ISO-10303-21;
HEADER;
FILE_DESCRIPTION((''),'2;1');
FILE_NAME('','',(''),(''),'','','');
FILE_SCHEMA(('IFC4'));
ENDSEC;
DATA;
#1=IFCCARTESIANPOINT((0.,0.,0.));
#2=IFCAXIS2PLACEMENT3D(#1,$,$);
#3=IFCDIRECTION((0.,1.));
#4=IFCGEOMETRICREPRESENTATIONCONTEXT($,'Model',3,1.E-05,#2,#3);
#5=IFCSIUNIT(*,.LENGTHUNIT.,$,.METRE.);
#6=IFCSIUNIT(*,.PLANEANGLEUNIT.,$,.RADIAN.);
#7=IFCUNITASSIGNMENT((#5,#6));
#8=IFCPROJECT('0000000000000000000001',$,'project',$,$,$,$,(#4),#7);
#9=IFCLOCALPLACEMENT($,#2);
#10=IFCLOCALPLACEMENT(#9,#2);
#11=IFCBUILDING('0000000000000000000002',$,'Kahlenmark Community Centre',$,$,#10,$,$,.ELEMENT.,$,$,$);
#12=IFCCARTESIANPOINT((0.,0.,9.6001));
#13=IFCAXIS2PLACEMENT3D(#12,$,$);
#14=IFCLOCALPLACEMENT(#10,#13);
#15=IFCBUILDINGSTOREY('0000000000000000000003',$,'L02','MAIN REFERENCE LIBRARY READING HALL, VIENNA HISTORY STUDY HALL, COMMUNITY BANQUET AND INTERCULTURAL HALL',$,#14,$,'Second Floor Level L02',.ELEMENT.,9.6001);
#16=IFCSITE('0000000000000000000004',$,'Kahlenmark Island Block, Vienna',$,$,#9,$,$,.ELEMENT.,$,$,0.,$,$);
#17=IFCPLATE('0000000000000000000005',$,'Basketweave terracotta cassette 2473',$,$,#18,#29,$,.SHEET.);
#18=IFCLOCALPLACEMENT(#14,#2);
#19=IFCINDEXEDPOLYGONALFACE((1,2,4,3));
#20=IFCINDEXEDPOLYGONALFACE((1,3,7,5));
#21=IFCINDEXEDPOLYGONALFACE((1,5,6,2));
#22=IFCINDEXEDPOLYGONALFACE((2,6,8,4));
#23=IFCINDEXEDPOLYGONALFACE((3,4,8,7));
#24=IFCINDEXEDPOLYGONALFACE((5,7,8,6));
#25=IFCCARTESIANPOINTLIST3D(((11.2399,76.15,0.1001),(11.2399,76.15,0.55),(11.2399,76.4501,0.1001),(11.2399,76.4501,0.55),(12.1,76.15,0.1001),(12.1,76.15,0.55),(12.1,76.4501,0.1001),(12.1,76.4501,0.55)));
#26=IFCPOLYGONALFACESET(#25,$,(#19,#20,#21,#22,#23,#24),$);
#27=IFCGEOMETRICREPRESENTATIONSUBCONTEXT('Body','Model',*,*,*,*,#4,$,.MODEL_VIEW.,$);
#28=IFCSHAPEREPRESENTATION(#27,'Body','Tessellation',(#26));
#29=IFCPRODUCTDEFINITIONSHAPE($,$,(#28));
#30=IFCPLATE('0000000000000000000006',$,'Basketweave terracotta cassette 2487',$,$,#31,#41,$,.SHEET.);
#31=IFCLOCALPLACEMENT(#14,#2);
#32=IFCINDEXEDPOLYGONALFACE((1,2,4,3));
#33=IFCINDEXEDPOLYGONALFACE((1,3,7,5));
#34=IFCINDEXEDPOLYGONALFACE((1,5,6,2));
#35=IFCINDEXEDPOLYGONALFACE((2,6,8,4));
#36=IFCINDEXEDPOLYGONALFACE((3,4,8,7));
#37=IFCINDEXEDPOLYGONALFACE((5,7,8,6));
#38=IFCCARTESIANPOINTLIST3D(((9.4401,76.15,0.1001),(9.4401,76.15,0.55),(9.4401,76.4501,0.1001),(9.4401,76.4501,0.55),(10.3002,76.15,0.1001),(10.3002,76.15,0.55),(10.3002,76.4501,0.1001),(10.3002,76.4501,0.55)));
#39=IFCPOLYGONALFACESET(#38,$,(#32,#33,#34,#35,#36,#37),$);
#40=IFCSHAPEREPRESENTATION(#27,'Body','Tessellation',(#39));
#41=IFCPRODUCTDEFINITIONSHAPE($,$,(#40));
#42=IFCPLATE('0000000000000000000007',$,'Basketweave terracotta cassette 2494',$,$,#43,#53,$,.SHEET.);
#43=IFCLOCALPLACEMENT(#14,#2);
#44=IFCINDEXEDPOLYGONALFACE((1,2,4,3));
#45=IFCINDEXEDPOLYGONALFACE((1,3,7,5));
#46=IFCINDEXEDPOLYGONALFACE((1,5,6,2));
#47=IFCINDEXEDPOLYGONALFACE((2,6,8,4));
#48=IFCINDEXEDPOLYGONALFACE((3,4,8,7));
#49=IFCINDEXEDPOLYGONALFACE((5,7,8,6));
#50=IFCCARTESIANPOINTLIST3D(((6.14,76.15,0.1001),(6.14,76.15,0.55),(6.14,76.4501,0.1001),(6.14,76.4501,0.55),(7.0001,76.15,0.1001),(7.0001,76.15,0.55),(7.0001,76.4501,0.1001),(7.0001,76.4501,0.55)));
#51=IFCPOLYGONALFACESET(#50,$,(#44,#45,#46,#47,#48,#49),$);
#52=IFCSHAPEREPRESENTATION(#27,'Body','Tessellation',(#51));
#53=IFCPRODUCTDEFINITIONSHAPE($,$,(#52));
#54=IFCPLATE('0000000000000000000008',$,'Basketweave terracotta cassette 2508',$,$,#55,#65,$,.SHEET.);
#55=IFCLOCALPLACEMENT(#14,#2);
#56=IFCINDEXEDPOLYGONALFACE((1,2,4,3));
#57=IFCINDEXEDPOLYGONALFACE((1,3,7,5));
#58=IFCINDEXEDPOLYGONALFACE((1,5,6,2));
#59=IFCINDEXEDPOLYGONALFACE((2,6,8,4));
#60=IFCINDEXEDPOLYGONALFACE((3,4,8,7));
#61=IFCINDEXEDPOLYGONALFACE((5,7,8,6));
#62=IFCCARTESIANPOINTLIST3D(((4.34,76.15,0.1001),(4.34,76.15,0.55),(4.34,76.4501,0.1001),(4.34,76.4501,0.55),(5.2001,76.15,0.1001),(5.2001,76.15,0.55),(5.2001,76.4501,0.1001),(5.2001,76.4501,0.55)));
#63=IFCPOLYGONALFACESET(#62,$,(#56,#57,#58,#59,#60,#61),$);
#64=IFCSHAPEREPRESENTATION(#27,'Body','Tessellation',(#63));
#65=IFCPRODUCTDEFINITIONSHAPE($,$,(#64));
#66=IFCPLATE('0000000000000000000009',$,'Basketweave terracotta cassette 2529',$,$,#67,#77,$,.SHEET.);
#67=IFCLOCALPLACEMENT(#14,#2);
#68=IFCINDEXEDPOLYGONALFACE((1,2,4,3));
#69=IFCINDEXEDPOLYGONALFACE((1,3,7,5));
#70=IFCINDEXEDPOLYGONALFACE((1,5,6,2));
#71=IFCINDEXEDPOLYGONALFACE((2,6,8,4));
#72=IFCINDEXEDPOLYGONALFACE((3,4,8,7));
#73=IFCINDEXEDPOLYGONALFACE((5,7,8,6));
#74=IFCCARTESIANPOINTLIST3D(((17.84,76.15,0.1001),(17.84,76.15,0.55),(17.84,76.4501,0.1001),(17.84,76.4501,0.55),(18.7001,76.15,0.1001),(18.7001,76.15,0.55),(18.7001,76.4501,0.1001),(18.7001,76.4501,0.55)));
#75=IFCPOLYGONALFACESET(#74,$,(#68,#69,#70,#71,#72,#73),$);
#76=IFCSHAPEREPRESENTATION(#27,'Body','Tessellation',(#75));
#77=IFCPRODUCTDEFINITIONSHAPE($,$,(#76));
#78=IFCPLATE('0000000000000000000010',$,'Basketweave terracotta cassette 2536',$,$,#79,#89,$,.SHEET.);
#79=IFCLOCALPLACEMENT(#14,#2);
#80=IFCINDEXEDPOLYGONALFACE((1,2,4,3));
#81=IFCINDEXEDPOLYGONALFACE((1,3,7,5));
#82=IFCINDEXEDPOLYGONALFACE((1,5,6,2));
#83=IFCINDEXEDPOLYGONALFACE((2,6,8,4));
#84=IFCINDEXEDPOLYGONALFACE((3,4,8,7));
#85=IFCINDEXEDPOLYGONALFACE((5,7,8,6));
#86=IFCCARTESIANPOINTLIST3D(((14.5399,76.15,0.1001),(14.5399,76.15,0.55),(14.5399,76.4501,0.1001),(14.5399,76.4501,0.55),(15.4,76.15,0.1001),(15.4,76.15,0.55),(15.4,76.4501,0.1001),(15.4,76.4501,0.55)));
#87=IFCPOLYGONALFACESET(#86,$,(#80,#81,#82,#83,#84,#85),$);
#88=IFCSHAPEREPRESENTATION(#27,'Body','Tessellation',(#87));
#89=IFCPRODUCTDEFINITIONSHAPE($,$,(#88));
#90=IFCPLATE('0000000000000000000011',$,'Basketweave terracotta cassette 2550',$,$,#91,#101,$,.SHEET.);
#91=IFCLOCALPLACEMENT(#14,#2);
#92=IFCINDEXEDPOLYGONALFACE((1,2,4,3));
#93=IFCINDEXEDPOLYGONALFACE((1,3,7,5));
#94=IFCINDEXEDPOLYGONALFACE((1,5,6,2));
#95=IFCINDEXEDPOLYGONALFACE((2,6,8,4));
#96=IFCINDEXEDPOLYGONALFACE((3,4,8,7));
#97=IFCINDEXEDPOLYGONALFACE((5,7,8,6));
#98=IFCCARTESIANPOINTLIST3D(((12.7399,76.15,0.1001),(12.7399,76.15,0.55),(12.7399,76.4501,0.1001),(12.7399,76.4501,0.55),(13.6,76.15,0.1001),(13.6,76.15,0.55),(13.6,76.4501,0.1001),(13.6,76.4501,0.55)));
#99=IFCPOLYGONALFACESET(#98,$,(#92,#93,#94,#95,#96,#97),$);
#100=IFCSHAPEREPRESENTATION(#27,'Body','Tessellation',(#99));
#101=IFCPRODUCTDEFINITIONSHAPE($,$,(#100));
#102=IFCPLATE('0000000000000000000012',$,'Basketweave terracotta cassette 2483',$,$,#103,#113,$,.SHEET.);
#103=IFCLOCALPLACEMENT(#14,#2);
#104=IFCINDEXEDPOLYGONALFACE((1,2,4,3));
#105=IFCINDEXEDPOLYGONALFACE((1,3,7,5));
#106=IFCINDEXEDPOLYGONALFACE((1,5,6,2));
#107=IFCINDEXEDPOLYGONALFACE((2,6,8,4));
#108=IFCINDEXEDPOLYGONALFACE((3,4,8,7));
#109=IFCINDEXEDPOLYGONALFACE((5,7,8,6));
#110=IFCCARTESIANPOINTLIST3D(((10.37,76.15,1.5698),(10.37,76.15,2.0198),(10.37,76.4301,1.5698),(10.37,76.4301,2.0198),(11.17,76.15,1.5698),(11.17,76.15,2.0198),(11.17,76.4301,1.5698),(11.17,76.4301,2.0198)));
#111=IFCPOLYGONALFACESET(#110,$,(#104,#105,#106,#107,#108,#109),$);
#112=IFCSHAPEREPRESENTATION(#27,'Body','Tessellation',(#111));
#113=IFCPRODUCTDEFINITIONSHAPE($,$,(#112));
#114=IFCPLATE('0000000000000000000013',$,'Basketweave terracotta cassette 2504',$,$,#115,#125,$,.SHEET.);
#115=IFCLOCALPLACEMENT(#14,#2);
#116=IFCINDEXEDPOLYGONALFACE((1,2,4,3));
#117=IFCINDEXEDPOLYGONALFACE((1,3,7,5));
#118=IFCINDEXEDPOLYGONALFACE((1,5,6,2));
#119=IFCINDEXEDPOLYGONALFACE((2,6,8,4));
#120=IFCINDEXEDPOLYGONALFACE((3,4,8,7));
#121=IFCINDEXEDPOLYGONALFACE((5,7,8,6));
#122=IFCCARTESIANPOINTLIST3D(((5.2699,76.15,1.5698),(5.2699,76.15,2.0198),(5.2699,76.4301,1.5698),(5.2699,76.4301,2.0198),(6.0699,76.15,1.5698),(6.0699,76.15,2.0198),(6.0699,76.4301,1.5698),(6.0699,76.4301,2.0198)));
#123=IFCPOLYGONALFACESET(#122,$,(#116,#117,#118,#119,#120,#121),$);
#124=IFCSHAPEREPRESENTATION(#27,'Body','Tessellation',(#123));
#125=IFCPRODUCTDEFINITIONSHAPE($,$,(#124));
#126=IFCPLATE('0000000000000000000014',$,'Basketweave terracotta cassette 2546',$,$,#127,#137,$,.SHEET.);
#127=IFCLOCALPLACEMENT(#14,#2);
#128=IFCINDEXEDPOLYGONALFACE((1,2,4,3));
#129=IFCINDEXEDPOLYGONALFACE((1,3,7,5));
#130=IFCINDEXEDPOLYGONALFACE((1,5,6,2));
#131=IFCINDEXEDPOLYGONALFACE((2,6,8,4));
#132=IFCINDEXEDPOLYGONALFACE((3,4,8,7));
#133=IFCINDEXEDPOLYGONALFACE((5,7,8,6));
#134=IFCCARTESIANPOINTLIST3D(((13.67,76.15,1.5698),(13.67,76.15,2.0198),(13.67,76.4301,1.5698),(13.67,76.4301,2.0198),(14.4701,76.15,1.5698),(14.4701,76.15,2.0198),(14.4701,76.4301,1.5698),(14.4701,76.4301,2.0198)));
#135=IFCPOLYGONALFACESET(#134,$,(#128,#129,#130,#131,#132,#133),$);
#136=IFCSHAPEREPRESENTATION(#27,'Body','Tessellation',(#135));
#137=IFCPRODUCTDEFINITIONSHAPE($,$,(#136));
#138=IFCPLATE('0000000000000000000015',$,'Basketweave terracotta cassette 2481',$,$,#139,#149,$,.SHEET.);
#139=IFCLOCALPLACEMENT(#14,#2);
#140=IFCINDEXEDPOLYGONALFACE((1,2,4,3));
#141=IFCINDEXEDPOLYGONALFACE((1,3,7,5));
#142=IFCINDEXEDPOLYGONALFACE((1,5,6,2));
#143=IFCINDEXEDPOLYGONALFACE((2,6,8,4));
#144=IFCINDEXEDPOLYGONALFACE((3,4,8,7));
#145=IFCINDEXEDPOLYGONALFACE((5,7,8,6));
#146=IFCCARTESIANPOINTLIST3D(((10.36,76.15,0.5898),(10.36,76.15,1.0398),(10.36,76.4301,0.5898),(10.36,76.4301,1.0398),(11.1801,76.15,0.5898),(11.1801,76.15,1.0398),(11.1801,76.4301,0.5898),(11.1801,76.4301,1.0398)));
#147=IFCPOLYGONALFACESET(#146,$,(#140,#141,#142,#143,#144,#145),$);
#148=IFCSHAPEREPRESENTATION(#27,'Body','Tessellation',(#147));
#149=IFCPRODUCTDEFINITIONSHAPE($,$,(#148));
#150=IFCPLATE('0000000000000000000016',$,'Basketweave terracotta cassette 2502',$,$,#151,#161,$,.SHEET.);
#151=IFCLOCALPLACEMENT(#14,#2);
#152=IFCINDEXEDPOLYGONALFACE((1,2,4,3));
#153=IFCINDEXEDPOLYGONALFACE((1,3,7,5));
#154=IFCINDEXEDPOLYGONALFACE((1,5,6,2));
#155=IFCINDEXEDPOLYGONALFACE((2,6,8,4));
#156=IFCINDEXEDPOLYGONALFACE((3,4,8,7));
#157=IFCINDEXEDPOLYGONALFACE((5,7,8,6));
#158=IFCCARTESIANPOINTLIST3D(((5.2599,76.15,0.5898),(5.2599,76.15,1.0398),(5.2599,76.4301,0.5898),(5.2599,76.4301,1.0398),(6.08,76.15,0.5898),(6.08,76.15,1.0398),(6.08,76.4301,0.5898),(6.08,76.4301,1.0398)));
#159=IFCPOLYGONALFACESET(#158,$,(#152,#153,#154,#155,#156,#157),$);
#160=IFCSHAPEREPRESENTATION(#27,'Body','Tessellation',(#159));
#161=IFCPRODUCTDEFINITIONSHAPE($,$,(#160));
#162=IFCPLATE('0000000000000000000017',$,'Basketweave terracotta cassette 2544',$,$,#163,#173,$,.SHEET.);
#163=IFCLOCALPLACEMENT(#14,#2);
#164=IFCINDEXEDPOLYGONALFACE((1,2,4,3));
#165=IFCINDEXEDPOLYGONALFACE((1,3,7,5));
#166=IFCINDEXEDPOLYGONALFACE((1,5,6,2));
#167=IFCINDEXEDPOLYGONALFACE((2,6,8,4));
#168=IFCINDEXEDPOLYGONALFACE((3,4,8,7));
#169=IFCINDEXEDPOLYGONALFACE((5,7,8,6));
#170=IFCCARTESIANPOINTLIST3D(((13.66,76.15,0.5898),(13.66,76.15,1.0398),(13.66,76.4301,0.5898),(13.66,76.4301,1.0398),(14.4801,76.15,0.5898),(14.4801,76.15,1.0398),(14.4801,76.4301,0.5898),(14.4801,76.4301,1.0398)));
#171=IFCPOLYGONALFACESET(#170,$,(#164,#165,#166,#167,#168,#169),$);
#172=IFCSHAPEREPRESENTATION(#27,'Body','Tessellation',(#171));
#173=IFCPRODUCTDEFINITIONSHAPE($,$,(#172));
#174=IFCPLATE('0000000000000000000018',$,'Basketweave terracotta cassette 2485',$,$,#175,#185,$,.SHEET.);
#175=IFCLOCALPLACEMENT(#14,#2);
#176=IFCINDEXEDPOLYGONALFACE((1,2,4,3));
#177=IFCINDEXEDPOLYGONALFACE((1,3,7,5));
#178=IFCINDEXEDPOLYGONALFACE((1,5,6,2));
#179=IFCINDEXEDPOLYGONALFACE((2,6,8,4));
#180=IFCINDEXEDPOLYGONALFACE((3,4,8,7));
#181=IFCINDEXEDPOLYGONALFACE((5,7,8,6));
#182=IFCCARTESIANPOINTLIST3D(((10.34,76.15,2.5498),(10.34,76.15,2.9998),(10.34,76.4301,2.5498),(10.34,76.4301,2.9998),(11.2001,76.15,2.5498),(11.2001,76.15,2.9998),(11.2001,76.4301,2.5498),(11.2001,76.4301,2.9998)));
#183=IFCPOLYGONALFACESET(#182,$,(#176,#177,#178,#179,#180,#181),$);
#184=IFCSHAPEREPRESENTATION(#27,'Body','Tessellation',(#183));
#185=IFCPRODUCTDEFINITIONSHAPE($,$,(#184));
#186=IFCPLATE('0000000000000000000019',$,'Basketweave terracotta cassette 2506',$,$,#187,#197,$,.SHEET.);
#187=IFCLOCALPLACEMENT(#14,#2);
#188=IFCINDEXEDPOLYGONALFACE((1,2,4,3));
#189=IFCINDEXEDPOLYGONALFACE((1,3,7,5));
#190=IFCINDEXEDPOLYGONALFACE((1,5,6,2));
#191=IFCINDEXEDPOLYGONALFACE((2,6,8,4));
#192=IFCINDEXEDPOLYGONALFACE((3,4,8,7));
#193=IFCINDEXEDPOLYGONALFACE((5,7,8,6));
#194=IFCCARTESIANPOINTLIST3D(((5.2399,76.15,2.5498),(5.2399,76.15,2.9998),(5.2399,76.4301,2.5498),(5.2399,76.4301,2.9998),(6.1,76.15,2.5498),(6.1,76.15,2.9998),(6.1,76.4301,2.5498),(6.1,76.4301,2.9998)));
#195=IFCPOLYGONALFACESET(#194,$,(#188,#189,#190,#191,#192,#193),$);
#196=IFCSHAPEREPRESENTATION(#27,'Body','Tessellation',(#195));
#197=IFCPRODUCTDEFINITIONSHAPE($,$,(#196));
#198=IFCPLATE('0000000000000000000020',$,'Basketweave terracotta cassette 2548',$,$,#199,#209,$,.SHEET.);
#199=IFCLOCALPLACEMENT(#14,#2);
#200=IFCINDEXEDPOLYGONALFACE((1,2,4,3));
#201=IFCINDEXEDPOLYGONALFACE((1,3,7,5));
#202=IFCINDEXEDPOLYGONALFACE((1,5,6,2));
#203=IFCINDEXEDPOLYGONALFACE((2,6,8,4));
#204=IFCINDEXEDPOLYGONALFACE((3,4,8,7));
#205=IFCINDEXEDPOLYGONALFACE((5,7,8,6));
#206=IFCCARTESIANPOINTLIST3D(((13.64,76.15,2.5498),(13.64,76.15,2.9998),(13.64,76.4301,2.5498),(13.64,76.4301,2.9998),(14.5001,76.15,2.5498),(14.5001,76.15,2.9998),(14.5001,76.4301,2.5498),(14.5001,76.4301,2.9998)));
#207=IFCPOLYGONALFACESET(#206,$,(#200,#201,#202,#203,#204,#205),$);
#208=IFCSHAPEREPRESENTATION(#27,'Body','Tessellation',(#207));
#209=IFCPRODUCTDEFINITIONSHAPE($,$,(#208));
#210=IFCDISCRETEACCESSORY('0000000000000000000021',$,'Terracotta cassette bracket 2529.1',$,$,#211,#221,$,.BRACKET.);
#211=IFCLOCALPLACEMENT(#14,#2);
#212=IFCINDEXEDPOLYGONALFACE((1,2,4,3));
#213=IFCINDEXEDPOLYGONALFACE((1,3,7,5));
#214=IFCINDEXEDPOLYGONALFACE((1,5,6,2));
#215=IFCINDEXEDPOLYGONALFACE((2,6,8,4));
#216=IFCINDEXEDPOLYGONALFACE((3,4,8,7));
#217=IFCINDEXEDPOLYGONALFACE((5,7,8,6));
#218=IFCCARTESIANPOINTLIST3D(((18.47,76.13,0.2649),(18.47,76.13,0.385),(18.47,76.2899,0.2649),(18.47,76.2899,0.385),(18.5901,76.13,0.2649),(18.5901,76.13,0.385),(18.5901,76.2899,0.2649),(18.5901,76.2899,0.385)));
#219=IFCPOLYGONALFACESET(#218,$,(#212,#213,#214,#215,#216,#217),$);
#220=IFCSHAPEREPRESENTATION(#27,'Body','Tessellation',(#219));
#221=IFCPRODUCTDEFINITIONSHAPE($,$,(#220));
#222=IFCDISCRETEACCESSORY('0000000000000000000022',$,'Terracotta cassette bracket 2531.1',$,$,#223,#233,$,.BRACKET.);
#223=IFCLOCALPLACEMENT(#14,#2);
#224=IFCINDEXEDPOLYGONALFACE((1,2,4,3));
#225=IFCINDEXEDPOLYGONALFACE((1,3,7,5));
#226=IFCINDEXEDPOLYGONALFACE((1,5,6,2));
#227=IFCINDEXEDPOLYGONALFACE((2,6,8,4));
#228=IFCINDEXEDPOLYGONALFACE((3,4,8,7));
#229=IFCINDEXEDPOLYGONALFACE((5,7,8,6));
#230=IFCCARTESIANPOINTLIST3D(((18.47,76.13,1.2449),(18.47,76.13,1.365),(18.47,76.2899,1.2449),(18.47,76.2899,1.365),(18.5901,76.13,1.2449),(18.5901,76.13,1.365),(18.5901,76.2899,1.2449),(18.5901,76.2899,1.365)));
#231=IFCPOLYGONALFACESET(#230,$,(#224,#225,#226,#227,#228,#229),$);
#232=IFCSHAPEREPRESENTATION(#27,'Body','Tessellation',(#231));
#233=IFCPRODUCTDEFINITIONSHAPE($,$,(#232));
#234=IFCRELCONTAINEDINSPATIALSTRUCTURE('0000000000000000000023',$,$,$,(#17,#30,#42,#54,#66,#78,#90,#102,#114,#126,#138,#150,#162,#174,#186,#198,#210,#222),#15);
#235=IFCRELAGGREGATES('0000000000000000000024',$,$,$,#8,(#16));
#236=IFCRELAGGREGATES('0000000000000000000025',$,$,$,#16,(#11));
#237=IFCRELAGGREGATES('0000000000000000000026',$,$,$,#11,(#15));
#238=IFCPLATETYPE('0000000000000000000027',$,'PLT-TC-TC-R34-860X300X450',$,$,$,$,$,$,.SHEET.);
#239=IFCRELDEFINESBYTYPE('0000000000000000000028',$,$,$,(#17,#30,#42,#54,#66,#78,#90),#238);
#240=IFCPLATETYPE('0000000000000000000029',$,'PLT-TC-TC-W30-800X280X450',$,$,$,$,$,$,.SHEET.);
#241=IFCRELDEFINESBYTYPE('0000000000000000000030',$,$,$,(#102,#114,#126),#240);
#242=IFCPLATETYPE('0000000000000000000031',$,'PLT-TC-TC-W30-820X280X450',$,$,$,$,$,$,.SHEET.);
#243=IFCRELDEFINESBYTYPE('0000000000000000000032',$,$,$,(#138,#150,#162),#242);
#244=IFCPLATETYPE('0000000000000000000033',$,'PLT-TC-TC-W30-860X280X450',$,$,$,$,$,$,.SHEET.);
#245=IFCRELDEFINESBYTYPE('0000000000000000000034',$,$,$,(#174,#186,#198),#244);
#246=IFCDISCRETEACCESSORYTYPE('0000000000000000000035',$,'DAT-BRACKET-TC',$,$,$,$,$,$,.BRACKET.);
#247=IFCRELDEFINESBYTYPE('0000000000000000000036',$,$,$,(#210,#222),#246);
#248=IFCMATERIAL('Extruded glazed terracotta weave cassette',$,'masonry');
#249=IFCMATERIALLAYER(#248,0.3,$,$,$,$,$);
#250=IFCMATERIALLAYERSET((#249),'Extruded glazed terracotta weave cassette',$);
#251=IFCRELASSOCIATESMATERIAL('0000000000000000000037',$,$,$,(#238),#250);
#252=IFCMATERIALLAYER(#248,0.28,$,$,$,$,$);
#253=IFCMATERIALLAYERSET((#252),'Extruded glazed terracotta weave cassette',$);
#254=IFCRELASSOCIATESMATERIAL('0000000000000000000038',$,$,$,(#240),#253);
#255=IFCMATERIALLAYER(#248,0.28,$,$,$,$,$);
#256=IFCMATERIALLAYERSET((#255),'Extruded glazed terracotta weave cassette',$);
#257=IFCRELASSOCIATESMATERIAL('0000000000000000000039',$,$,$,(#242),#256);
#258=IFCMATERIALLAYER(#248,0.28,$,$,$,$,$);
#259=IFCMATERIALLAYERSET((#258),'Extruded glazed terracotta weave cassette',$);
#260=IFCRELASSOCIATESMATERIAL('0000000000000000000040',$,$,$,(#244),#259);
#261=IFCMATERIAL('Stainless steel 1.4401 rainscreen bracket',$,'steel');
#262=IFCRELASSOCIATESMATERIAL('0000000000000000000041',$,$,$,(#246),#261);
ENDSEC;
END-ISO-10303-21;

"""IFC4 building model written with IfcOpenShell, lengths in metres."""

from ifc_helpers import new_model, si_unit, direction, frame, origin, origin_2d, place, context, subcontext, project, spatial, rectangle, extrude, material, layer, layer_set, type_object, element, save


model = new_model("IFC4")

# Units and contexts
model_context = context("Model", 3, precision=1e-05, world=origin(), true_north=direction((0.0, 1.0)))
body_context = subcontext(model_context, "Body", "Model", "MODEL_VIEW")
ifc_project = project(units=[si_unit("LENGTHUNIT", "METRE"), si_unit("PLANEANGLEUNIT", "RADIAN")], contexts=[model_context])

# Site, building, storey
site_placement = place(None, origin())
site = spatial("IfcSite", under=ifc_project, at=site_placement, Name="Kahlenmark Island Block, Vienna", CompositionType="ELEMENT", RefElevation=0.0)
building_placement = place(site_placement, origin())
building = spatial("IfcBuilding", under=site, at=building_placement, Name="Kahlenmark Community Centre", CompositionType="ELEMENT")
storey_placement = place(building_placement, frame((0.0, 0.0, 9.6001)))
storey = spatial("IfcBuildingStorey", under=building, at=storey_placement, Name="L02", Description="MAIN REFERENCE LIBRARY READING HALL, VIENNA HISTORY STUDY HALL, COMMUNITY BANQUET AND INTERCULTURAL HALL", LongName="Second Floor Level L02", CompositionType="ELEMENT", Elevation=9.6001)

# Plates
ifc_material_1 = material(Name="Extruded glazed terracotta weave cassette", Category="masonry")
ifc_layer_1 = layer(ifc_material_1, 0.3)
ifc_layer_set_1 = layer_set([ifc_layer_1], Name="Extruded glazed terracotta weave cassette")
plate_type_1 = type_object("IfcPlateType", Name="PLT-TC-TC-R34-860X300X450", PredefinedType="SHEET", material=ifc_layer_set_1)
for number, where, z_axis, x_axis, name in (
    (1, (11.6699, 76.3, 0.1001), (0.0, 0.0, 1.0), (-1.0, 0.0, 0.0), "Basketweave terracotta cassette 2473"),
    (2, (9.8701, 76.3, 0.1001), (0.0, 0.0, 1.0), (-1.0, 0.0, 0.0), "Basketweave terracotta cassette 2487"),
    (3, (6.5701, 76.3, 0.1001), (0.0, 0.0, 1.0), (-1.0, 0.0, 0.0), "Basketweave terracotta cassette 2494"),
    (4, (4.77, 76.3, 0.1001), (0.0, 0.0, 1.0), (-1.0, 0.0, 0.0), "Basketweave terracotta cassette 2508"),
    (5, (18.27, 76.3, 0.1001), (0.0, 0.0, 1.0), (-1.0, 0.0, 0.0), "Basketweave terracotta cassette 2529"),
    (6, (14.97, 76.3, 0.1001), (0.0, 0.0, 1.0), (-1.0, 0.0, 0.0), "Basketweave terracotta cassette 2536"),
    (7, (13.1699, 76.3, 0.1001), (0.0, 0.0, 1.0), (-1.0, 0.0, 0.0), "Basketweave terracotta cassette 2550"),
):
    element("IfcPlate", number, at=place(storey_placement, frame(where, z_axis=z_axis, x_axis=x_axis)), inside=storey, type_object=plate_type_1, Name=name, PredefinedType="SHEET", context=body_context, shape_type="SweptSolid", body=[
        extrude(rectangle(XDim=0.8601, YDim=0.3, at=origin_2d()), origin(), (0.0, 0.0, 1.0), 0.45),
    ])
ifc_layer_2 = layer(ifc_material_1, 0.28)
ifc_layer_set_2 = layer_set([ifc_layer_2], Name="Extruded glazed terracotta weave cassette")
plate_type_2 = type_object("IfcPlateType", Name="PLT-TC-TC-W30-800X280X450", PredefinedType="SHEET", material=ifc_layer_set_2)
for number, where, z_axis, x_axis, name in (
    (8, (10.77, 76.29, 1.5698), (0.0, 0.0, 1.0), (-1.0, 0.0, 0.0), "Basketweave terracotta cassette 2483"),
    (9, (5.6699, 76.29, 1.5698), (0.0, 0.0, 1.0), (-1.0, 0.0, 0.0), "Basketweave terracotta cassette 2504"),
    (10, (14.0701, 76.29, 1.5698), (0.0, 0.0, 1.0), (-1.0, 0.0, 0.0), "Basketweave terracotta cassette 2546"),
):
    element("IfcPlate", number, at=place(storey_placement, frame(where, z_axis=z_axis, x_axis=x_axis)), inside=storey, type_object=plate_type_2, Name=name, PredefinedType="SHEET", context=body_context, shape_type="SweptSolid", body=[
        extrude(rectangle(XDim=0.8, YDim=0.28, at=origin_2d()), origin(), (0.0, 0.0, 1.0), 0.45),
    ])
ifc_layer_3 = layer(ifc_material_1, 0.28)
ifc_layer_set_3 = layer_set([ifc_layer_3], Name="Extruded glazed terracotta weave cassette")
plate_type_3 = type_object("IfcPlateType", Name="PLT-TC-TC-W30-820X280X450", PredefinedType="SHEET", material=ifc_layer_set_3)
for number, where, z_axis, x_axis, name in (
    (11, (10.77, 76.29, 0.5898), (0.0, 0.0, 1.0), (-1.0, 0.0, 0.0), "Basketweave terracotta cassette 2481"),
    (12, (5.6699, 76.29, 0.5898), (0.0, 0.0, 1.0), (-1.0, 0.0, 0.0), "Basketweave terracotta cassette 2502"),
    (13, (14.0701, 76.29, 0.5898), (0.0, 0.0, 1.0), (-1.0, 0.0, 0.0), "Basketweave terracotta cassette 2544"),
):
    element("IfcPlate", number, at=place(storey_placement, frame(where, z_axis=z_axis, x_axis=x_axis)), inside=storey, type_object=plate_type_3, Name=name, PredefinedType="SHEET", context=body_context, shape_type="SweptSolid", body=[
        extrude(rectangle(XDim=0.8201, YDim=0.28, at=origin_2d()), origin(), (0.0, 0.0, 1.0), 0.45),
    ])
ifc_layer_4 = layer(ifc_material_1, 0.28)
ifc_layer_set_4 = layer_set([ifc_layer_4], Name="Extruded glazed terracotta weave cassette")
plate_type_4 = type_object("IfcPlateType", Name="PLT-TC-TC-W30-860X280X450", PredefinedType="SHEET", material=ifc_layer_set_4)
for number, where, z_axis, x_axis, name in (
    (14, (10.77, 76.29, 2.5498), (0.0, 0.0, 1.0), (-1.0, 0.0, 0.0), "Basketweave terracotta cassette 2485"),
    (15, (5.6699, 76.29, 2.5498), (0.0, 0.0, 1.0), (-1.0, 0.0, 0.0), "Basketweave terracotta cassette 2506"),
    (16, (14.0701, 76.29, 2.5498), (0.0, 0.0, 1.0), (-1.0, 0.0, 0.0), "Basketweave terracotta cassette 2548"),
):
    element("IfcPlate", number, at=place(storey_placement, frame(where, z_axis=z_axis, x_axis=x_axis)), inside=storey, type_object=plate_type_4, Name=name, PredefinedType="SHEET", context=body_context, shape_type="SweptSolid", body=[
        extrude(rectangle(XDim=0.8601, YDim=0.28, at=origin_2d()), origin(), (0.0, 0.0, 1.0), 0.45),
    ])

# Discrete accessories
ifc_material_2 = material(Name="Stainless steel 1.4401 rainscreen bracket", Category="steel")
discrete_accessory_type = type_object("IfcDiscreteAccessoryType", Name="DAT-BRACKET-TC", PredefinedType="BRACKET", material=ifc_material_2)
for number, where, z_axis, x_axis, name in (
    (17, (18.53, 76.21, 0.2649), (0.0, 0.0, 1.0), (-1.0, 0.0, 0.0), "Terracotta cassette bracket 2529.1"),
    (18, (18.53, 76.21, 1.2449), (0.0, 0.0, 1.0), (-1.0, 0.0, 0.0), "Terracotta cassette bracket 2531.1"),
):
    element("IfcDiscreteAccessory", number, at=place(storey_placement, frame(where, z_axis=z_axis, x_axis=x_axis)), inside=storey, type_object=discrete_accessory_type, Name=name, PredefinedType="BRACKET", context=body_context, shape_type="SweptSolid", body=[
        extrude(rectangle(XDim=0.1201, YDim=0.1599, at=origin_2d()), origin(), (0.0, 0.0, 1.0), 0.1201),
    ])

save(model, "model.ifc")
